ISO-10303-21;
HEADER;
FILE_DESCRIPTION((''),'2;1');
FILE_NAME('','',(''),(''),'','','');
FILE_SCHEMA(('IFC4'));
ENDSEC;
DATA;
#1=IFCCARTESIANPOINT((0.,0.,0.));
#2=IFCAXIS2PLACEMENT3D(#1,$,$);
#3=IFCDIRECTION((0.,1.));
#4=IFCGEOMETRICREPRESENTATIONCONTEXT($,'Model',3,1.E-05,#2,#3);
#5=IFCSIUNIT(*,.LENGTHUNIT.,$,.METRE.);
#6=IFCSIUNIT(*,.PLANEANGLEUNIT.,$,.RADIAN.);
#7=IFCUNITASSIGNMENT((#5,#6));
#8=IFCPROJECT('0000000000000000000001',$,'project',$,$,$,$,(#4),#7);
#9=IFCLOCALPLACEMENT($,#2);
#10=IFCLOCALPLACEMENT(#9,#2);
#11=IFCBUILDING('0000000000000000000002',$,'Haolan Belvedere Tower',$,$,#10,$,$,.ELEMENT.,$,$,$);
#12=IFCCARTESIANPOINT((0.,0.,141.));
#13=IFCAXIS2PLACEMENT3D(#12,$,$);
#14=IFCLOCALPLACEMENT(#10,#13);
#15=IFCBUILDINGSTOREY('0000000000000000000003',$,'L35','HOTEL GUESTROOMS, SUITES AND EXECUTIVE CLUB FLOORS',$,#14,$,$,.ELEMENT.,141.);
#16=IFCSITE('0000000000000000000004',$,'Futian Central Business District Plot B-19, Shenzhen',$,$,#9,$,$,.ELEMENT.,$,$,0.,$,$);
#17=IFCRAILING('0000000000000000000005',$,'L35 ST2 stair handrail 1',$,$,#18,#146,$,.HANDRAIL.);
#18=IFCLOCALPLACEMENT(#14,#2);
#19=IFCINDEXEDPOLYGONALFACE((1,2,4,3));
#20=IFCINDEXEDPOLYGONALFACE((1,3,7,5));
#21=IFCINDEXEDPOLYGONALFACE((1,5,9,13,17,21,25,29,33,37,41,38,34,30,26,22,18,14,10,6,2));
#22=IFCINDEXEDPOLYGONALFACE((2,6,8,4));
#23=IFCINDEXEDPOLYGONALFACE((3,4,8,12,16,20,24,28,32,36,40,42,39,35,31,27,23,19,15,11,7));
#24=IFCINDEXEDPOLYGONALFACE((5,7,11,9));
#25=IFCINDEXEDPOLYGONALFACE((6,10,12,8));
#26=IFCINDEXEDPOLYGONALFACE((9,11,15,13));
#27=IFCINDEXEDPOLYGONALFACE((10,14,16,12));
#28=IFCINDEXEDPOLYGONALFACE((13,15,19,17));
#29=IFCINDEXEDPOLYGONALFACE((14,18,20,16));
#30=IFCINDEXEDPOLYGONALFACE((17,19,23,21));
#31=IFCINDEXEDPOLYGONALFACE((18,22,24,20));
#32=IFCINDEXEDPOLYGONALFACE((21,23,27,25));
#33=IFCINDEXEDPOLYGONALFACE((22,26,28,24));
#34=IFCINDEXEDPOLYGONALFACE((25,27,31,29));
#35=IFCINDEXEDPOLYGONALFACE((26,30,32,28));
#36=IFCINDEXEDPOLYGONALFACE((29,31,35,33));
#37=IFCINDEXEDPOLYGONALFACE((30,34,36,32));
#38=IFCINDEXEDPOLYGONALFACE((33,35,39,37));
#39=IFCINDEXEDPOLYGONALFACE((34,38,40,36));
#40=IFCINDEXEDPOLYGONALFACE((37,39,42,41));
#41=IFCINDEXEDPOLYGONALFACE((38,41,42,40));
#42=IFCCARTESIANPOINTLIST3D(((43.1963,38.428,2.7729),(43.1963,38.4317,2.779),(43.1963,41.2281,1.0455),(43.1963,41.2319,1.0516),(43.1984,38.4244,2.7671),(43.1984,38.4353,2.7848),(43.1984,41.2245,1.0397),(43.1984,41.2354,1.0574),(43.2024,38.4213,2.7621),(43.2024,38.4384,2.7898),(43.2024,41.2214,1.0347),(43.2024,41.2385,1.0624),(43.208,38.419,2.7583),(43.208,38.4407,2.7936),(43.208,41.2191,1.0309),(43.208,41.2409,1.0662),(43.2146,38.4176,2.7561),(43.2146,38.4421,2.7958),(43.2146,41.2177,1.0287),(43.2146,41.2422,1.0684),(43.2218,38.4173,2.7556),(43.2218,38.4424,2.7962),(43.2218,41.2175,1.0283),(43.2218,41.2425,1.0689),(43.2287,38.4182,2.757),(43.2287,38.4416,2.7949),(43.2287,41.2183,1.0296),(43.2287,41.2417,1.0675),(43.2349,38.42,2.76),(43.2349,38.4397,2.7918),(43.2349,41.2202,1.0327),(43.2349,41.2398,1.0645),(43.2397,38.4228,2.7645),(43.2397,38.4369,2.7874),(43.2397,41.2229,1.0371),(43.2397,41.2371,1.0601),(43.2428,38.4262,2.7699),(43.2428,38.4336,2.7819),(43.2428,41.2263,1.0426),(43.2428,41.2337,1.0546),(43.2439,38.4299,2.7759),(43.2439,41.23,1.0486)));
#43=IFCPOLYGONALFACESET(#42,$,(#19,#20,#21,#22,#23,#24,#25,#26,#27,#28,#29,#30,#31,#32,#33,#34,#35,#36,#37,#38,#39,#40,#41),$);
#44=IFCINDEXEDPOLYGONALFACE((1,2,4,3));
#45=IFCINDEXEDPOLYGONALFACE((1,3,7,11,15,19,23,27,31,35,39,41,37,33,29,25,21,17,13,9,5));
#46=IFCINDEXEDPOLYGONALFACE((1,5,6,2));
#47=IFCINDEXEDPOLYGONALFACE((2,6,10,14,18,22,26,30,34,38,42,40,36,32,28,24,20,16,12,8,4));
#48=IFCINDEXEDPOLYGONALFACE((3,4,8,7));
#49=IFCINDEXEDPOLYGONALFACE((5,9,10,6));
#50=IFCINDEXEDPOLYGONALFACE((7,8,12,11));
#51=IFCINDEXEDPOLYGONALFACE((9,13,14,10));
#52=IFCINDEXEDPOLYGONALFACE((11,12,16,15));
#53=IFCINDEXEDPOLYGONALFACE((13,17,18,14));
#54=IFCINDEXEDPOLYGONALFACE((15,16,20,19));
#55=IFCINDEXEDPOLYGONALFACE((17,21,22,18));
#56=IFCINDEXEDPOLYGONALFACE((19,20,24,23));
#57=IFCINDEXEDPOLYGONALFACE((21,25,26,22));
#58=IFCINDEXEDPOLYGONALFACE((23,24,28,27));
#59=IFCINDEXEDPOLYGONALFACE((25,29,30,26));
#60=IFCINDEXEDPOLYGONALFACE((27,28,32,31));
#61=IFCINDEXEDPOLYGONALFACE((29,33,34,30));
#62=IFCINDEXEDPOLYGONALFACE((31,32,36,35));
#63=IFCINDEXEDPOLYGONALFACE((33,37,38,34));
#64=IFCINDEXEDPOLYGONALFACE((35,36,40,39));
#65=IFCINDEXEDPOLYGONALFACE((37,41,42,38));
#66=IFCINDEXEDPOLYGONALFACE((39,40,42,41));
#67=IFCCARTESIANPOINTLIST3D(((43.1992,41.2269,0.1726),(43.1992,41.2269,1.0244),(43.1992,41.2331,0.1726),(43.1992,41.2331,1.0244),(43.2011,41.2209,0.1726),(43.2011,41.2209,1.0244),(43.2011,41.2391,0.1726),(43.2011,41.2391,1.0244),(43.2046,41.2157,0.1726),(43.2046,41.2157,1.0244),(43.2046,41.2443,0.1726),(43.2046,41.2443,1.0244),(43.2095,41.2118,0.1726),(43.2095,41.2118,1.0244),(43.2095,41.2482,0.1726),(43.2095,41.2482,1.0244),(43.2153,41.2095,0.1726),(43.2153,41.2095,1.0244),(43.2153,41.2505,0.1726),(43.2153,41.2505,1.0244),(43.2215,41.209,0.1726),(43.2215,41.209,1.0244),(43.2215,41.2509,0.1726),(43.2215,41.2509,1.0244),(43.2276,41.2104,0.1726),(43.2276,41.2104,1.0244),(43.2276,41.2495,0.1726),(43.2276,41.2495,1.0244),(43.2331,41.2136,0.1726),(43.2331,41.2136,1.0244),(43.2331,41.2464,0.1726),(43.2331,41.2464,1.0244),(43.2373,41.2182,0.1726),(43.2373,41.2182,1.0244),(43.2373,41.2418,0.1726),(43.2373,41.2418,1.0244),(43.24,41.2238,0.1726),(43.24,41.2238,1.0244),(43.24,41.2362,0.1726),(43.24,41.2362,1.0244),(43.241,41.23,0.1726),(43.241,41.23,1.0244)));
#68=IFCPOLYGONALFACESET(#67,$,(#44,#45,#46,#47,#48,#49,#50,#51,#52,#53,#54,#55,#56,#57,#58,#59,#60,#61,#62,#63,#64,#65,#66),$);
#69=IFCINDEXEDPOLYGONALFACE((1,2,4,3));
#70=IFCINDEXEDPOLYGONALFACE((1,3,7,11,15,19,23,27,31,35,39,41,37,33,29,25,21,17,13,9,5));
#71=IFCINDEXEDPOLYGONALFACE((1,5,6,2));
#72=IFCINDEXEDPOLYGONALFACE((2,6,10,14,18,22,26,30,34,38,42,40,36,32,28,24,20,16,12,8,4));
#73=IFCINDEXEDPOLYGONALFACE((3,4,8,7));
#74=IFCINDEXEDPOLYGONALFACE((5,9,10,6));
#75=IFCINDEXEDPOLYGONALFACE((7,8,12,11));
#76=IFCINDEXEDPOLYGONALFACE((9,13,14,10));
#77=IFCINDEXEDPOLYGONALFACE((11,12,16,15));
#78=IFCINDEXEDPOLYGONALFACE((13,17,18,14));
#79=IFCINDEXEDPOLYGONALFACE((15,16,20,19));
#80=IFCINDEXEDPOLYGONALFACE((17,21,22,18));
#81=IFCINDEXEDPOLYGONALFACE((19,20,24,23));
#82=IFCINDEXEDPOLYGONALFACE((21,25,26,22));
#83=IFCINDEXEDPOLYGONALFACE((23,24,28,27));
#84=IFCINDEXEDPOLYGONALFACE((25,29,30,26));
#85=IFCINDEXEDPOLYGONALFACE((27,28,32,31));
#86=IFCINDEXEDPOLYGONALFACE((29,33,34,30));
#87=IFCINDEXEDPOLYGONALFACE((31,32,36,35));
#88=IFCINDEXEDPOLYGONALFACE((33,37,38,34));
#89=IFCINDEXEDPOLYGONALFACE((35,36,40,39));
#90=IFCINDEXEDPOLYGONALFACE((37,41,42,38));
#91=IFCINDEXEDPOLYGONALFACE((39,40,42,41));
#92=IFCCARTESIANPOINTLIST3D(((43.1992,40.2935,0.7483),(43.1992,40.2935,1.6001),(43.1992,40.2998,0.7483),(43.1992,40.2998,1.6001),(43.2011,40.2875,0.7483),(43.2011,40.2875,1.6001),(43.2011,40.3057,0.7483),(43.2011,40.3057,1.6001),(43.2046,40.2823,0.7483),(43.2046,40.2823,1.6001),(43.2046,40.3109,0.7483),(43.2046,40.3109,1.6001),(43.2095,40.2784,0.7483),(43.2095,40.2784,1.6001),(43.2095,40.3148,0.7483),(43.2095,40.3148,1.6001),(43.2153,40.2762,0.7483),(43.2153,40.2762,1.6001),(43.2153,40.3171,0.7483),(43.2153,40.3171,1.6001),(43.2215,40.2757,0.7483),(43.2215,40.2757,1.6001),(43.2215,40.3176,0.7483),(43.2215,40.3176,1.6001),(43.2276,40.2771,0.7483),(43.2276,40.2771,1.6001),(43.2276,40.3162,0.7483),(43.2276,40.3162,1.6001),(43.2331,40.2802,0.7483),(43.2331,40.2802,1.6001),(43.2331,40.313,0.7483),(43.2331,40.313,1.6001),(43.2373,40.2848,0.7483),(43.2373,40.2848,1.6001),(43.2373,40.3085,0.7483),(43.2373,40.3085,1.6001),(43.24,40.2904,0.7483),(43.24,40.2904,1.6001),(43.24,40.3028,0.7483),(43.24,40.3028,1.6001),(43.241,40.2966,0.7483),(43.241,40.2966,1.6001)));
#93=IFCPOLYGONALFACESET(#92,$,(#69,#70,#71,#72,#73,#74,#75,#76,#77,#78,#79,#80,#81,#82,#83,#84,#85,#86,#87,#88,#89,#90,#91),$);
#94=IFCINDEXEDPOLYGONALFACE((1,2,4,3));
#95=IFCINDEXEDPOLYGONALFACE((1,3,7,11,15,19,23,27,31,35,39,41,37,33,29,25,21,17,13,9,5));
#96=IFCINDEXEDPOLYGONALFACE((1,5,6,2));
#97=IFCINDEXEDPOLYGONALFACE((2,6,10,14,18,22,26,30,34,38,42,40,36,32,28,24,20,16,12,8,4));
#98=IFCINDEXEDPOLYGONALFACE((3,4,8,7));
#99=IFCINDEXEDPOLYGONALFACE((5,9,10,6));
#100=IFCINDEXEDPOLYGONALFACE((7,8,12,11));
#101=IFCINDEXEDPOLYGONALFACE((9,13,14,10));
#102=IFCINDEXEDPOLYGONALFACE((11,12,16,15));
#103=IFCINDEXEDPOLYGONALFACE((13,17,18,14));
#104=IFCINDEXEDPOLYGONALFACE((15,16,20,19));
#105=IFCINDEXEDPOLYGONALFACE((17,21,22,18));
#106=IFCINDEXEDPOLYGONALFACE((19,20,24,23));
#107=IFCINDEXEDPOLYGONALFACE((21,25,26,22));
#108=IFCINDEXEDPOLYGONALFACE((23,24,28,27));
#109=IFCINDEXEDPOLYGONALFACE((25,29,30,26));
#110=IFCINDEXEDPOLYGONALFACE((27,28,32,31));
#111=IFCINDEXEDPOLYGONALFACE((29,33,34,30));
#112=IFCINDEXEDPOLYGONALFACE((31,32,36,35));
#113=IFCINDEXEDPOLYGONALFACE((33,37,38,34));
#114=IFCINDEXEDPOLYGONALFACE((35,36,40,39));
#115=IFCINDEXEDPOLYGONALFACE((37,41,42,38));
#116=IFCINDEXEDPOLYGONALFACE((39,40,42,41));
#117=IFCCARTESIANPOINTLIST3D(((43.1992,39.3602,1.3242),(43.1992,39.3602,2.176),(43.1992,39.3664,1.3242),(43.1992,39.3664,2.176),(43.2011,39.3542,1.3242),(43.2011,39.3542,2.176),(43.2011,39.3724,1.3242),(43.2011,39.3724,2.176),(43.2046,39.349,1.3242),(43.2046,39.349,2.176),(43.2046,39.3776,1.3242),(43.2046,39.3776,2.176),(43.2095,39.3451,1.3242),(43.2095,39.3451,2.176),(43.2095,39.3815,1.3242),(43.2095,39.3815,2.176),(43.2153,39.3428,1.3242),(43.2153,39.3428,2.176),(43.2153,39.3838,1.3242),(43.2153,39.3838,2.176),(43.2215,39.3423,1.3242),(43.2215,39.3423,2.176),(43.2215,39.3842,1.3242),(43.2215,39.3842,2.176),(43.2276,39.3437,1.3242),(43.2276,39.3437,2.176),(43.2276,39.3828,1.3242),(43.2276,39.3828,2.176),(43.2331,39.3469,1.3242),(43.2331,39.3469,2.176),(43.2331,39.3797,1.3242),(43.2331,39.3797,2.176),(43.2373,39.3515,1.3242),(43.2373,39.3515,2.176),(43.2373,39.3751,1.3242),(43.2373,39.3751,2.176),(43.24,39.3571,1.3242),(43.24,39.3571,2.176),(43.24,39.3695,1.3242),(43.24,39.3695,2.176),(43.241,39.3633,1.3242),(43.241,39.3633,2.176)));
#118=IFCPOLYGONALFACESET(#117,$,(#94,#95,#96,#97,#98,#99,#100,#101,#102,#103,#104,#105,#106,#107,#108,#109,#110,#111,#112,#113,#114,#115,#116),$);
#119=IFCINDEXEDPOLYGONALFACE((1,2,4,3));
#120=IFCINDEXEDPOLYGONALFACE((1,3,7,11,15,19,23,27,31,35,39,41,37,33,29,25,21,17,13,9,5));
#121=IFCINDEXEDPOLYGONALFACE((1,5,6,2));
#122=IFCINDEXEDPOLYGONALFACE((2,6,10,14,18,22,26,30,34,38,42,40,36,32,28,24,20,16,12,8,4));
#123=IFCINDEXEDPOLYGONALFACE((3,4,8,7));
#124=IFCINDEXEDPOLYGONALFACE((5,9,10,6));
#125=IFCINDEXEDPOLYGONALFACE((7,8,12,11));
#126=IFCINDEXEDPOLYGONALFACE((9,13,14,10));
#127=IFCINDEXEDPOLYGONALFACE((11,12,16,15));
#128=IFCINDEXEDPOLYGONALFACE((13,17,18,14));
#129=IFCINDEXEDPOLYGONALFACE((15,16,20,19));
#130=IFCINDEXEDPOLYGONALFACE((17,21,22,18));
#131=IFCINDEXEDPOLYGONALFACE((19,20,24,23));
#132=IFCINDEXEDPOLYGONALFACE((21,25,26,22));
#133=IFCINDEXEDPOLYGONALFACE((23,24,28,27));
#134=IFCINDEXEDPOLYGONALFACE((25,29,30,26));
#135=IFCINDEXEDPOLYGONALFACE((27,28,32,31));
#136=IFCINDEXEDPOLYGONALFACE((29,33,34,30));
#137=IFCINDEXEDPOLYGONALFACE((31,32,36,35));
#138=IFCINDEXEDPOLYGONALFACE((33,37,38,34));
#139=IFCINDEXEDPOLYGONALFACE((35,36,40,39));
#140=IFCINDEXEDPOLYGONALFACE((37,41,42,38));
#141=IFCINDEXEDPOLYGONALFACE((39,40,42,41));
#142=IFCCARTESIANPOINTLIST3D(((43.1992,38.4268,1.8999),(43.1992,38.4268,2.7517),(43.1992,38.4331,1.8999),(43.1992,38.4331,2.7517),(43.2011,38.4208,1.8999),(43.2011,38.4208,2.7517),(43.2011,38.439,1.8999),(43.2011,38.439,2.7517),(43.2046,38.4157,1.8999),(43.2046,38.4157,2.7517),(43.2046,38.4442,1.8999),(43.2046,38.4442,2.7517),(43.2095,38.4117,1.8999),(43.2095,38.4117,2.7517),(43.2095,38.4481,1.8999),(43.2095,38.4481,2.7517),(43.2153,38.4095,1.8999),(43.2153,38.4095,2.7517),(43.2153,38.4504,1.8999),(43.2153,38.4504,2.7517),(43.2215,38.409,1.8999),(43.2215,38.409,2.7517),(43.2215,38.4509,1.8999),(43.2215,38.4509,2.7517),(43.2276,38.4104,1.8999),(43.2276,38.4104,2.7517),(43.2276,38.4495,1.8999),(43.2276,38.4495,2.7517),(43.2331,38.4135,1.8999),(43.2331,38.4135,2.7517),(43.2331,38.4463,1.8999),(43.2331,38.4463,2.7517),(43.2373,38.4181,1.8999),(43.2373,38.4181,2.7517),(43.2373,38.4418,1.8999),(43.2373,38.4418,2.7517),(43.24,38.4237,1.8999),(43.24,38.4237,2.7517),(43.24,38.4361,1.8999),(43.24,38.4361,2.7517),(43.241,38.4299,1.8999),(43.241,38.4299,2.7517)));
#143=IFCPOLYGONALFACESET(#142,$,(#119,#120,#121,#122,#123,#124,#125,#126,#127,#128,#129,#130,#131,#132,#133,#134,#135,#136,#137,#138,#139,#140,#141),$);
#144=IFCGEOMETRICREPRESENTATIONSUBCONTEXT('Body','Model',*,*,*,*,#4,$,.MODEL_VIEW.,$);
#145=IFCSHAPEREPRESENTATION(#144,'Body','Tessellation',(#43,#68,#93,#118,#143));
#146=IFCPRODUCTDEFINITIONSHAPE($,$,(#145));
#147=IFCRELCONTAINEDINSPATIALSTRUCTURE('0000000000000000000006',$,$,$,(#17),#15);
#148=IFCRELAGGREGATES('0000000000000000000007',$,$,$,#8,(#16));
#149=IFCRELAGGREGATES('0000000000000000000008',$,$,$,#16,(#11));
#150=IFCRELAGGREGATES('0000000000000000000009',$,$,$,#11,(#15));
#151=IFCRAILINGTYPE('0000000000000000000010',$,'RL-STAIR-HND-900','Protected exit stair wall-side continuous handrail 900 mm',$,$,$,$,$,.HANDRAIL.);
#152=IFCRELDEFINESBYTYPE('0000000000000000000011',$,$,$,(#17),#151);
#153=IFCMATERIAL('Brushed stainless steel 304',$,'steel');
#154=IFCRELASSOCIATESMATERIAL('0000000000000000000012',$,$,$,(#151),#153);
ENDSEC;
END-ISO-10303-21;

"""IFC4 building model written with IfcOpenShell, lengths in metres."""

from ifc_helpers import new_model, si_unit, direction, frame, origin, origin_2d, place, context, subcontext, project, spatial, circle, extrude, material, type_object, element, save


model = new_model("IFC4")

# Units and contexts
model_context = context("Model", 3, precision=1e-05, world=origin(), true_north=direction((0.0, 1.0)))
body_context = subcontext(model_context, "Body", "Model", "MODEL_VIEW")
ifc_project = project(units=[si_unit("LENGTHUNIT", "METRE"), si_unit("PLANEANGLEUNIT", "RADIAN")], contexts=[model_context])

# Site, building, storey
site_placement = place(None, origin())
site = spatial("IfcSite", under=ifc_project, at=site_placement, Name="Futian Central Business District Plot B-19, Shenzhen", CompositionType="ELEMENT", RefElevation=0.0)
building_placement = place(site_placement, origin())
building = spatial("IfcBuilding", under=site, at=building_placement, Name="Haolan Belvedere Tower", CompositionType="ELEMENT")
storey_placement = place(building_placement, frame((0.0, 0.0, 141.0)))
storey = spatial("IfcBuildingStorey", under=building, at=storey_placement, Name="L35", Description="HOTEL GUESTROOMS, SUITES AND EXECUTIVE CLUB FLOORS", CompositionType="ELEMENT", Elevation=141.0)

# Railing
ifc_material_1 = material(Name="Brushed stainless steel 304", Category="steel")
railing_type_1 = type_object("IfcRailingType", Name="RL-STAIR-HND-900", Description="Protected exit stair wall-side continuous handrail 900 mm", PredefinedType="HANDRAIL", material=ifc_material_1)
railing_1_placement = place(storey_placement, frame((43.22, 41.23, 0.1726)))
element("IfcRailing", 1, at=railing_1_placement, inside=storey, type_object=railing_type_1, Name="L35 ST2 stair handrail 1", PredefinedType="HANDRAIL", context=body_context, shape_type="SweptSolid", body=[
    extrude(circle(Radius=0.0239, at=origin_2d()), frame((0.0, 0.0, 0.876), z_axis=(0.0, -0.85109, 0.52502), x_axis=(1.0, 0.0, 0.0)), (0.0, 0.0, 1.0), 3.29),
    extrude(circle(Radius=0.021, at=origin_2d()), origin(), (0.0, 0.0, 1.0), 0.8518),
    extrude(circle(Radius=0.021, at=origin_2d()), frame((0.0, -0.9333, 0.5757)), (0.0, 0.0, 1.0), 0.8518),
    extrude(circle(Radius=0.021, at=origin_2d()), frame((0.0, -1.8667, 1.1516)), (0.0, 0.0, 1.0), 0.8518),
    extrude(circle(Radius=0.021, at=origin_2d()), frame((0.0, -2.8, 1.7273)), (0.0, 0.0, 1.0), 0.8518),
])

save(model, "model.ifc")
